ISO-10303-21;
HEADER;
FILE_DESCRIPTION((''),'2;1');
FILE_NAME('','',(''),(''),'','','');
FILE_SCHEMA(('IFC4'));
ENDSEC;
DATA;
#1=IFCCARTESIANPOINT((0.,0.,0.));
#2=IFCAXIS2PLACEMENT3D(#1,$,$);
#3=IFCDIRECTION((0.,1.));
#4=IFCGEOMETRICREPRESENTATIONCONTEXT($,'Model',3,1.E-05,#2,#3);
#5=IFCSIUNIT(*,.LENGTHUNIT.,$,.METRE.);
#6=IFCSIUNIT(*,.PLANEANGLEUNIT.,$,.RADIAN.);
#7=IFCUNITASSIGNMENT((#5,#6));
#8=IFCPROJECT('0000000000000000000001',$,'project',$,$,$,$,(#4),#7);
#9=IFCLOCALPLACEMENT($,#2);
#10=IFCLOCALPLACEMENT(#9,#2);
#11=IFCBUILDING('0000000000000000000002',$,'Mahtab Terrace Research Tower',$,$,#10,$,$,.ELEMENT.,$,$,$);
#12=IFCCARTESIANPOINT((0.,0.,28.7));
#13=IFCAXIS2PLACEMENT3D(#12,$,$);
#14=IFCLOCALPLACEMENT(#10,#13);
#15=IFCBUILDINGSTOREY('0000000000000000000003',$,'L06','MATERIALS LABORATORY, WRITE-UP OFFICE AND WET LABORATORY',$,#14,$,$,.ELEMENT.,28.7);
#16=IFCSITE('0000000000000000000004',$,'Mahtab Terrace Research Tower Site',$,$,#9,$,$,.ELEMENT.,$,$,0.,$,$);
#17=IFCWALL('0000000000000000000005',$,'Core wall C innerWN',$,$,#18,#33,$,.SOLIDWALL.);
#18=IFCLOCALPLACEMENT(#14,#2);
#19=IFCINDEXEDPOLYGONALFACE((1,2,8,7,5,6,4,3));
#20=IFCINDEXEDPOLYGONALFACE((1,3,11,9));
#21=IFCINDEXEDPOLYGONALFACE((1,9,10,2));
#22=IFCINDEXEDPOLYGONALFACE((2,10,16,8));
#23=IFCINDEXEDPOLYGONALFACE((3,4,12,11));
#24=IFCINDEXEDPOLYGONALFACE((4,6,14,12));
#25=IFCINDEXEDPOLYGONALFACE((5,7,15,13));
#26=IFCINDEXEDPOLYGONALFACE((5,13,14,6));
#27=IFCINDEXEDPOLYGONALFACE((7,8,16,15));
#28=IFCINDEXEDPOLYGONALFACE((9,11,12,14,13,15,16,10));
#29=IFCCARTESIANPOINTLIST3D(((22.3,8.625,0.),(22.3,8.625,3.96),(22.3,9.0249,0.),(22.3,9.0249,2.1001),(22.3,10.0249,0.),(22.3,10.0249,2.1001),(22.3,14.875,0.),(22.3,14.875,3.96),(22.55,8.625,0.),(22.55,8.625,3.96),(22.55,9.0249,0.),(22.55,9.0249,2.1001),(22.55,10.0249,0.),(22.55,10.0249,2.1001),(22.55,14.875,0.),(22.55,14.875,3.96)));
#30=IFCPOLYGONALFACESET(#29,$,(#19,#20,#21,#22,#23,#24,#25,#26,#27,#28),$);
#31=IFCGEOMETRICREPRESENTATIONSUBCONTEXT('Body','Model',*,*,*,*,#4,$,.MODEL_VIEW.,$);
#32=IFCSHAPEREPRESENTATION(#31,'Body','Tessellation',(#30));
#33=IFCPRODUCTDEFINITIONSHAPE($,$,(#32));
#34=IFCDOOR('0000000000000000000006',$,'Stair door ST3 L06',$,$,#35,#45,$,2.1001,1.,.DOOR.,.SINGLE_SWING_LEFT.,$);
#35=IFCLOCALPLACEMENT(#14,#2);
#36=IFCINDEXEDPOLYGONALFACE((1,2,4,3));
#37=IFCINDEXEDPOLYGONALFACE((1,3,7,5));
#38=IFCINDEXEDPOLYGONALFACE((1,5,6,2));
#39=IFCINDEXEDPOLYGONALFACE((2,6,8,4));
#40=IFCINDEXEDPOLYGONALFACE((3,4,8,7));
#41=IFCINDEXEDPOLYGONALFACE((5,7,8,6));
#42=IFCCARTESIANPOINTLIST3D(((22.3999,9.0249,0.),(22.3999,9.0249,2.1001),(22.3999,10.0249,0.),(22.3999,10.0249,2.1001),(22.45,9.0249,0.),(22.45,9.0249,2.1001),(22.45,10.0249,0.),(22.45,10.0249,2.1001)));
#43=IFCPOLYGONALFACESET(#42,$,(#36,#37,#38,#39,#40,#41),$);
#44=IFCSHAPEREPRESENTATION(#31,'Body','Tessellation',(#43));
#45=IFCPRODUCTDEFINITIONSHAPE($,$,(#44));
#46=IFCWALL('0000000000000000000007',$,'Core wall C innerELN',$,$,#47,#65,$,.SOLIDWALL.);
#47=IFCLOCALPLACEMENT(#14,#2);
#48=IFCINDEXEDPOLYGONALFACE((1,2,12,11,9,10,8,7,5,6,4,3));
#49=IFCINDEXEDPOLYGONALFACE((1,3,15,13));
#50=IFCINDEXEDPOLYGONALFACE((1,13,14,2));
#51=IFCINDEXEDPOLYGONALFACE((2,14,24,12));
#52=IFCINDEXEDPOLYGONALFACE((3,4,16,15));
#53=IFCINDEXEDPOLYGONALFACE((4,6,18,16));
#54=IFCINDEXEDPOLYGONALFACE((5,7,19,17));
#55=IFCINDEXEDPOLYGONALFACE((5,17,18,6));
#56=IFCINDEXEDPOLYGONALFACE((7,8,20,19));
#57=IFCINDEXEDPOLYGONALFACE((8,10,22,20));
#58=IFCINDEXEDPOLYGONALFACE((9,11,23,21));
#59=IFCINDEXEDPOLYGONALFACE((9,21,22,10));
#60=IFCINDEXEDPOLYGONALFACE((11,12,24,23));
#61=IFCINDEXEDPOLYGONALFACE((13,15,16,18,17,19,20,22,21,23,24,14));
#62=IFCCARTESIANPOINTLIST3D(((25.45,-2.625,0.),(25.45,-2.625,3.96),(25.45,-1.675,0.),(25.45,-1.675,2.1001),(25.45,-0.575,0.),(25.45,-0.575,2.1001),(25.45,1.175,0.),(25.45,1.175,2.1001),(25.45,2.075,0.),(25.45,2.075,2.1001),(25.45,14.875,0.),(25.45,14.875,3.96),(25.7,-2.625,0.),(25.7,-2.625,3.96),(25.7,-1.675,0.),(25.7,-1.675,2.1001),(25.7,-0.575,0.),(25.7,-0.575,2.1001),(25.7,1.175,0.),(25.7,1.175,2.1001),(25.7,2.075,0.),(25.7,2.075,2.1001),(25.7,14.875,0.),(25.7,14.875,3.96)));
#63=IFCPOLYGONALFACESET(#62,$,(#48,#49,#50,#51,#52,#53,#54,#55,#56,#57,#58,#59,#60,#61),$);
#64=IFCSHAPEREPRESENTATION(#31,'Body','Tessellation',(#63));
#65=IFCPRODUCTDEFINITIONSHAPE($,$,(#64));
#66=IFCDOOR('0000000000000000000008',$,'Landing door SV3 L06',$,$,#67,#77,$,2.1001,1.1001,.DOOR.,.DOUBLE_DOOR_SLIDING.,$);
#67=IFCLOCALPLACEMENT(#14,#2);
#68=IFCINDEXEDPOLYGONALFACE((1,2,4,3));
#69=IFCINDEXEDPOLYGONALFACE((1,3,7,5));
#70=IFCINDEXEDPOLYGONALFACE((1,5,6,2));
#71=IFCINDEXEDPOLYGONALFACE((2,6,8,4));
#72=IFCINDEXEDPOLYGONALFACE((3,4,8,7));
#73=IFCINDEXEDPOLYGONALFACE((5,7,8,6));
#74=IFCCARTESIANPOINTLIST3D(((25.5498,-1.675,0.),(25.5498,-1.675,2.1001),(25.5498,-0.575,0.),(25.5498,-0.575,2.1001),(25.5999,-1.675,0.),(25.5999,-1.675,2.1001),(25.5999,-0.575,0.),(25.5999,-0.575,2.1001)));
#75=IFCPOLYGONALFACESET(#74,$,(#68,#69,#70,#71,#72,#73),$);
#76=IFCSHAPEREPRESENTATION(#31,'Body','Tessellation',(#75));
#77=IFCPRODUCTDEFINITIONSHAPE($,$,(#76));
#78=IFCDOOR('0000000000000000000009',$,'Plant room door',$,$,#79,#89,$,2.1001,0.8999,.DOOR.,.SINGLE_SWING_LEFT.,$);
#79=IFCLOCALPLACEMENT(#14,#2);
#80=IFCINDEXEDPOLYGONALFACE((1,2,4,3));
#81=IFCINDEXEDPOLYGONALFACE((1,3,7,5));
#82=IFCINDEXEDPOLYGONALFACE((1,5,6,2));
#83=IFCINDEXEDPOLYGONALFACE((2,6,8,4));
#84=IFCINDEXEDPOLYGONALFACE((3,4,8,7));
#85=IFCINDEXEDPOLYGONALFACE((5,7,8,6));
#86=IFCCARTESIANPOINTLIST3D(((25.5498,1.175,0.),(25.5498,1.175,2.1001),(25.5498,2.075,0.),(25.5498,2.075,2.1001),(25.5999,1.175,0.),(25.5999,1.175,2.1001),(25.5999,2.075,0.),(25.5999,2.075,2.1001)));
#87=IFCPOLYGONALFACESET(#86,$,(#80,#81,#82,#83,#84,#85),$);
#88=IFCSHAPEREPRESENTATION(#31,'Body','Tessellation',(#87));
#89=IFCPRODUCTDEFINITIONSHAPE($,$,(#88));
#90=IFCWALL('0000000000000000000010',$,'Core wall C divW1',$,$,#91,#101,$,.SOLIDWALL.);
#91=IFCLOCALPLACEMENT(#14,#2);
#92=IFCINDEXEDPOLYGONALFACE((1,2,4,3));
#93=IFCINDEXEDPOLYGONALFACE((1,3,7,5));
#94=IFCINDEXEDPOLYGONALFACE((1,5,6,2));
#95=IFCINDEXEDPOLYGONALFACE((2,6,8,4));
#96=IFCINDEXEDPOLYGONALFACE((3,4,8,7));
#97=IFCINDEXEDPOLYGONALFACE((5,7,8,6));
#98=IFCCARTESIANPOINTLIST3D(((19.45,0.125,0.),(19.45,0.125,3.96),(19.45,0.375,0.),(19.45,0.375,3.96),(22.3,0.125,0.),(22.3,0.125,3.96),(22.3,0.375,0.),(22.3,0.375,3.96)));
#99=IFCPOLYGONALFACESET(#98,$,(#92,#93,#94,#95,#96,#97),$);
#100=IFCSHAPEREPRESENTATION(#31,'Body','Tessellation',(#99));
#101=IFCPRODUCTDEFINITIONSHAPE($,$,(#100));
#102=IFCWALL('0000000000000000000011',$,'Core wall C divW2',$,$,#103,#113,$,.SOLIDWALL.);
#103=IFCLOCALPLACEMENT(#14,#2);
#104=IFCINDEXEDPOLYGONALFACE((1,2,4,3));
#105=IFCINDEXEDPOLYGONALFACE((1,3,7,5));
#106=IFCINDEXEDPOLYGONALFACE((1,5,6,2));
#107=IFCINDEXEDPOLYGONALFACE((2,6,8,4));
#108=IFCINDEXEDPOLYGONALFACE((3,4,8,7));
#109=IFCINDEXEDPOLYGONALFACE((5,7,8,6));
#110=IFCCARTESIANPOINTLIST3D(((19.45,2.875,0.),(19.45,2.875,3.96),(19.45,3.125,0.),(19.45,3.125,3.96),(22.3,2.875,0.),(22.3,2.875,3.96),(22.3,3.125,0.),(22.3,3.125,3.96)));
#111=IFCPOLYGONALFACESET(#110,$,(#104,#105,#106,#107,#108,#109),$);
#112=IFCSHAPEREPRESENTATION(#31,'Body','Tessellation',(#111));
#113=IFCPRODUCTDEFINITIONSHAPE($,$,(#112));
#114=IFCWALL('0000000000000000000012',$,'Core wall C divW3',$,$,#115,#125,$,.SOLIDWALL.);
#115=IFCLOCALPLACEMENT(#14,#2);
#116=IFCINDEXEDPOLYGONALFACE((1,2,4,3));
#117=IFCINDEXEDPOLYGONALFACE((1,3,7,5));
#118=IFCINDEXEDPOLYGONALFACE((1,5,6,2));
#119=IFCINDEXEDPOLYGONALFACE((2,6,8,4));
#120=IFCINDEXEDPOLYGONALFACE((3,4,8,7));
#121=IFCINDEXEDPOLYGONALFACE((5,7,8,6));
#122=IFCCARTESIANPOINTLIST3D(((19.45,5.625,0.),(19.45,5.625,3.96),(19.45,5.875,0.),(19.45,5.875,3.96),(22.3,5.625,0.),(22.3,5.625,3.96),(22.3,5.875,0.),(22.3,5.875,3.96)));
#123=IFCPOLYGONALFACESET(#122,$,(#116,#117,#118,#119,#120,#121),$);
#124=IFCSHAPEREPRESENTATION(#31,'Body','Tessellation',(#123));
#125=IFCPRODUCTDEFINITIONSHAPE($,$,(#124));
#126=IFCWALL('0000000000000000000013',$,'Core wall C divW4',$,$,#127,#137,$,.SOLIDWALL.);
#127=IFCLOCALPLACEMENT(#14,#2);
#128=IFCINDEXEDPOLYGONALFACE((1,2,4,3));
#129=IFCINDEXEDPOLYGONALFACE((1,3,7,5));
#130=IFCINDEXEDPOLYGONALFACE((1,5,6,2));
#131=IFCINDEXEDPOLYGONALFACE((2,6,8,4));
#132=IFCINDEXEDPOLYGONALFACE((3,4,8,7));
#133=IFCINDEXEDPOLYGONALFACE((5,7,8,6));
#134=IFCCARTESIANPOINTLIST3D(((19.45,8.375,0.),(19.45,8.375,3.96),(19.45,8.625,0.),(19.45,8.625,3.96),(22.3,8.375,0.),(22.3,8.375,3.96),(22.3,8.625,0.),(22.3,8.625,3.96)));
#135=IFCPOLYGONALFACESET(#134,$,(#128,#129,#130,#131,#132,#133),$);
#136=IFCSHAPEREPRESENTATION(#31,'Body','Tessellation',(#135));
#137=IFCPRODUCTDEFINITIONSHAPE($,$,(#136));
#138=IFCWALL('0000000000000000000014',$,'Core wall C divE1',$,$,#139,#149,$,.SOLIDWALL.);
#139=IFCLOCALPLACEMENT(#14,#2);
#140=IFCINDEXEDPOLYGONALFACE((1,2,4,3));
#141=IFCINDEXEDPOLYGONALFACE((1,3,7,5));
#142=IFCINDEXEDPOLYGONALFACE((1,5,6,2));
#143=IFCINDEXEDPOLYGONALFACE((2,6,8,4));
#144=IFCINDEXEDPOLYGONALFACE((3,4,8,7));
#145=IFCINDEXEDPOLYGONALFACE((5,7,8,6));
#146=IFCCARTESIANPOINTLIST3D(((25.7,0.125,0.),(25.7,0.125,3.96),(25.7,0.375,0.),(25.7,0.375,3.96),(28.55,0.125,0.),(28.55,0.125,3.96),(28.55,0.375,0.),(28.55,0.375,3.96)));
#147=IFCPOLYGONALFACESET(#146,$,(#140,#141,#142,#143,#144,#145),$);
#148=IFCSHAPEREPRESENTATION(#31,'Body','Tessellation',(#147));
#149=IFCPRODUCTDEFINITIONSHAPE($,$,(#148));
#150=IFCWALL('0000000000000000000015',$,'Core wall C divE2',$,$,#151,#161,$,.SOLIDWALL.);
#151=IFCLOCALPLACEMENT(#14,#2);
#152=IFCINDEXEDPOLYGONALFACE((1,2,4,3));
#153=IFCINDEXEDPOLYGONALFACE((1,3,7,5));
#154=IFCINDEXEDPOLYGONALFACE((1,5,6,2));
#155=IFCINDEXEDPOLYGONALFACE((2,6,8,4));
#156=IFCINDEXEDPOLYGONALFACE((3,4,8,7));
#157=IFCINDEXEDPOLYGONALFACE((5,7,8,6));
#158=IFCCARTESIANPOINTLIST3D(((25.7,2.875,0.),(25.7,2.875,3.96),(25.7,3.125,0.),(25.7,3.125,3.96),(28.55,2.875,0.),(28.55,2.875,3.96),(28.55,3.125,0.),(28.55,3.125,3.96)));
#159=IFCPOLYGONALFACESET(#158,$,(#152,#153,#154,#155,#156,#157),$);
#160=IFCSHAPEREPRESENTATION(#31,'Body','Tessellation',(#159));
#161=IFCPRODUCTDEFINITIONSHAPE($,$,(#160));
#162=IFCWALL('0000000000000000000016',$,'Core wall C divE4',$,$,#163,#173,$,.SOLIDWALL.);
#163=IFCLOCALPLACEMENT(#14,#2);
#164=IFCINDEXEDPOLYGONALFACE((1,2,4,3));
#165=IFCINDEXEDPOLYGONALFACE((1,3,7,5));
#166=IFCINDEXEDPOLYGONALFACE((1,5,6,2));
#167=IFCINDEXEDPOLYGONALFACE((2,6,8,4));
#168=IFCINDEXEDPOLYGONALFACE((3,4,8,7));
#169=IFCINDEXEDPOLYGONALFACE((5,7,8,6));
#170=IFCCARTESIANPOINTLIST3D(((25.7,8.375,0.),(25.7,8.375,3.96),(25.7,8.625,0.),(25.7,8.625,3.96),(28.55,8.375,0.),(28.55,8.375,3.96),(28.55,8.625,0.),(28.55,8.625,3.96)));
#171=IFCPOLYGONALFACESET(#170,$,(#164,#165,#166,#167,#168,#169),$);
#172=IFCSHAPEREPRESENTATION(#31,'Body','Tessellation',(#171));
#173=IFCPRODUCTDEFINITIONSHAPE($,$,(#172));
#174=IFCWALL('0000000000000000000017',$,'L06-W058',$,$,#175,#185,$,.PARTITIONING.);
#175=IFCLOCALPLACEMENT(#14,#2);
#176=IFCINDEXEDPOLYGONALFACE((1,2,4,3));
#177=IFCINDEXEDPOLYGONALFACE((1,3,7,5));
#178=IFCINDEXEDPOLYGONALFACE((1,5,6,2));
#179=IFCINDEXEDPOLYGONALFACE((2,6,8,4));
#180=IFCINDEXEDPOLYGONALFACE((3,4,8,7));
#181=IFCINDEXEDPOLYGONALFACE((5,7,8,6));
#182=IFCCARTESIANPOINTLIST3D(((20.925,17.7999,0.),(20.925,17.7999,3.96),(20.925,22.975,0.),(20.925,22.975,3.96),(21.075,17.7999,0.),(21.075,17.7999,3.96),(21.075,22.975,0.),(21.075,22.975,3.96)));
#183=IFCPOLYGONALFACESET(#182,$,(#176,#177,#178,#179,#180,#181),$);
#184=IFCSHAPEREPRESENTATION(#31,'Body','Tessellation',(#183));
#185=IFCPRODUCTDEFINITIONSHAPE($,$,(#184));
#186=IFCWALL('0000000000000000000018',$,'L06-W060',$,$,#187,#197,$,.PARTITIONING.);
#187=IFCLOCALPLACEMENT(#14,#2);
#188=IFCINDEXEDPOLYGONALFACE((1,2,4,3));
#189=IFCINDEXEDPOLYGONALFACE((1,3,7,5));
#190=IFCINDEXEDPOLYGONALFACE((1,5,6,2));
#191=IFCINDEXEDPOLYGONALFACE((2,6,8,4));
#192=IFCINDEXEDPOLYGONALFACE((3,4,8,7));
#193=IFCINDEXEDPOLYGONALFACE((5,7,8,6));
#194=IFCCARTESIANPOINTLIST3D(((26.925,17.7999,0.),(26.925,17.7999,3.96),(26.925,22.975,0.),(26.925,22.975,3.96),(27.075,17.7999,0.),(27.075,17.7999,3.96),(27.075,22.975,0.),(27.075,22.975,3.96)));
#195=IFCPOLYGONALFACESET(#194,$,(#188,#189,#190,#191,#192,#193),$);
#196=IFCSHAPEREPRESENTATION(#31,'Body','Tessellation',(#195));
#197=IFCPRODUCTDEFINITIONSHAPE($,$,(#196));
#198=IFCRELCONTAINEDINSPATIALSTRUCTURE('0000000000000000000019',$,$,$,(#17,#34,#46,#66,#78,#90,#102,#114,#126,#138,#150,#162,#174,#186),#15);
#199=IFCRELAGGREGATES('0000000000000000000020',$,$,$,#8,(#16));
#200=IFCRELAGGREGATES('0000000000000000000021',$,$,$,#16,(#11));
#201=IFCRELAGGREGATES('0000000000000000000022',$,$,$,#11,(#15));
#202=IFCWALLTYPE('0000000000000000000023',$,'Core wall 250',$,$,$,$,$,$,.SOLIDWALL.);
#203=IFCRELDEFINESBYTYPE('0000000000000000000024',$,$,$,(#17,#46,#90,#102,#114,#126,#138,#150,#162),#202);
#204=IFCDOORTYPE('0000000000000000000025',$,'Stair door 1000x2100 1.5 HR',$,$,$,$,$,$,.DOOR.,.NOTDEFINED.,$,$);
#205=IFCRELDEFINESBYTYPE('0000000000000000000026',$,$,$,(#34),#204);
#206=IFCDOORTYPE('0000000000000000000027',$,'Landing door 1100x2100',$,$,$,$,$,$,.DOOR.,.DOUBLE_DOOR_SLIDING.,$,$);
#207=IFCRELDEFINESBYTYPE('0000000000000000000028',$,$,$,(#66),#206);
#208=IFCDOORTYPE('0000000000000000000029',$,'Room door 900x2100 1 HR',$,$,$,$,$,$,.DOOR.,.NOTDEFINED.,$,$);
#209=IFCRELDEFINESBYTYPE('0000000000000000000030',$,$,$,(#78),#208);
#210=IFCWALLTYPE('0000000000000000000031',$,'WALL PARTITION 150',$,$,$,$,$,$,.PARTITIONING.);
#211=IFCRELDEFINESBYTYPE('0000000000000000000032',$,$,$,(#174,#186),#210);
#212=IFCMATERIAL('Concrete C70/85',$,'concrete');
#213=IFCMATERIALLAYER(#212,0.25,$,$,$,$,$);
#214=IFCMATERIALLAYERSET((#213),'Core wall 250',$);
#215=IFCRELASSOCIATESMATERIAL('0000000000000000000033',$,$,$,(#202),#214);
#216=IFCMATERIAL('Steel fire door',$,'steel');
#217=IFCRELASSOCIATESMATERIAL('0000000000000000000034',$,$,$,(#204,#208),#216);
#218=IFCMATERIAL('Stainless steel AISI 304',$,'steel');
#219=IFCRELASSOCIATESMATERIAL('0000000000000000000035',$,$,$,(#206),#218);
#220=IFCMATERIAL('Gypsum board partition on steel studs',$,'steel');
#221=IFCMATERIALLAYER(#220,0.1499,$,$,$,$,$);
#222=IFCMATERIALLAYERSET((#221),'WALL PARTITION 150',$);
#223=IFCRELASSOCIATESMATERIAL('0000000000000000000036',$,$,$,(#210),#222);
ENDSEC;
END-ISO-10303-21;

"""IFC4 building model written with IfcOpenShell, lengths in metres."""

from ifc_helpers import new_model, si_unit, direction, frame, frame_2d, origin, place, context, subcontext, project, spatial, rectangle, extrude, material, layer, layer_set, type_object, element, fill, save


model = new_model("IFC4")

# Units and contexts
model_context = context("Model", 3, precision=1e-05, world=origin(), true_north=direction((0.0, 1.0)))
body_context = subcontext(model_context, "Body", "Model", "MODEL_VIEW")
ifc_project = project(units=[si_unit("LENGTHUNIT", "METRE"), si_unit("PLANEANGLEUNIT", "RADIAN")], contexts=[model_context])

# Site, building, storey
site_placement = place(None, origin())
site = spatial("IfcSite", under=ifc_project, at=site_placement, Name="Mahtab Terrace Research Tower Site", CompositionType="ELEMENT", RefElevation=0.0)
building_placement = place(site_placement, origin())
building = spatial("IfcBuilding", under=site, at=building_placement, Name="Mahtab Terrace Research Tower", CompositionType="ELEMENT")
storey_placement = place(building_placement, frame((0.0, 0.0, 28.7)))
storey = spatial("IfcBuildingStorey", under=building, at=storey_placement, Name="L06", Description="MATERIALS LABORATORY, WRITE-UP OFFICE AND WET LABORATORY", CompositionType="ELEMENT", Elevation=28.7)

# Shared definitions
ifc_material_1 = material(Name="Concrete C70/85", Category="concrete")
ifc_layer_1 = layer(ifc_material_1, 0.25)
ifc_layer_set_1 = layer_set([ifc_layer_1], Name="Core wall 250")
wall_type_1 = type_object("IfcWallType", Name="Core wall 250", PredefinedType="SOLIDWALL", material=ifc_layer_set_1)

# Wall, opening, door
ifc_material_2 = material(Name="Steel fire door", Category="steel")
wall_1_placement = place(storey_placement, frame((22.425, 14.875, 0.0), z_axis=(0.0, 0.0, 1.0), x_axis=(0.0, -1.0, 0.0)))
wall_1 = element("IfcWall", 1, at=wall_1_placement, inside=storey, type_object=wall_type_1, Name="Core wall C innerWN", PredefinedType="SOLIDWALL", context=body_context, shape_type="SweptSolid", body=[
    extrude(rectangle(XDim=6.25, YDim=0.25, at=frame_2d((3.125, 0.0))), origin(), (0.0, 0.0, 1.0), 3.96),
])
opening_1_placement = place(wall_1_placement, frame((4.8501, 0.0, 0.0)))
opening_1 = element("IfcOpeningElement", 2, at=opening_1_placement, cuts=wall_1, PredefinedType="OPENING", context=body_context, shape_type="SweptSolid", body=[
    extrude(rectangle(XDim=1.0, YDim=2.1001, at=frame_2d((0.5, 1.05))), frame((0.0, 0.135, 0.0), z_axis=(0.0, -1.0, 0.0), x_axis=(1.0, 0.0, 0.0)), (0.0, 0.0, 1.0), 0.27),
])
door_type_1 = type_object("IfcDoorType", Name="Stair door 1000x2100 1.5 HR", OperationType="NOTDEFINED", PredefinedType="DOOR", material=ifc_material_2)
door_1_placement = place(opening_1_placement, origin())
door_1 = element("IfcDoor", 3, at=door_1_placement, inside=storey, type_object=door_type_1, Name="Stair door ST3 L06", OperationType="SINGLE_SWING_LEFT", OverallHeight=2.1001, OverallWidth=1.0, PredefinedType="DOOR", context=body_context, shape_type="SweptSolid", body=[
    extrude(rectangle(XDim=1.0, YDim=2.1001, at=frame_2d((0.5, 1.05))), frame((0.0, 0.0249, 0.0), z_axis=(0.0, -1.0, 0.0), x_axis=(1.0, 0.0, 0.0)), (0.0, 0.0, 1.0), 0.05),
])
fill(opening_1, door_1)

# Wall, openings, doors
wall_2_placement = place(storey_placement, frame((25.575, 14.875, 0.0), z_axis=(0.0, 0.0, 1.0), x_axis=(0.0, -1.0, 0.0)))
wall_2 = element("IfcWall", 4, at=wall_2_placement, inside=storey, type_object=wall_type_1, Name="Core wall C innerELN", PredefinedType="SOLIDWALL", context=body_context, shape_type="SweptSolid", body=[
    extrude(rectangle(XDim=17.5, YDim=0.25, at=frame_2d((8.75, 0.0))), origin(), (0.0, 0.0, 1.0), 3.96),
])
opening_2_placement = place(wall_2_placement, frame((15.45, 0.0, 0.0)))
opening_2 = element("IfcOpeningElement", 5, at=opening_2_placement, cuts=wall_2, PredefinedType="OPENING", context=body_context, shape_type="SweptSolid", body=[
    extrude(rectangle(XDim=1.1001, YDim=2.1001, at=frame_2d((0.55, 1.05))), frame((0.0, 0.135, 0.0), z_axis=(0.0, -1.0, 0.0), x_axis=(1.0, 0.0, 0.0)), (0.0, 0.0, 1.0), 0.27),
])
opening_3_placement = place(wall_2_placement, frame((12.8, 0.0, 0.0)))
opening_3 = element("IfcOpeningElement", 6, at=opening_3_placement, cuts=wall_2, PredefinedType="OPENING", context=body_context, shape_type="SweptSolid", body=[
    extrude(rectangle(XDim=0.8999, YDim=2.1001, at=frame_2d((0.45, 1.05))), frame((0.0, 0.135, 0.0), z_axis=(0.0, -1.0, 0.0), x_axis=(1.0, 0.0, 0.0)), (0.0, 0.0, 1.0), 0.27),
])
ifc_material_3 = material(Name="Stainless steel AISI 304", Category="steel")
door_type_2 = type_object("IfcDoorType", Name="Landing door 1100x2100", OperationType="DOUBLE_DOOR_SLIDING", PredefinedType="DOOR", material=ifc_material_3)
door_2_placement = place(opening_2_placement, origin())
door_2 = element("IfcDoor", 7, at=door_2_placement, inside=storey, type_object=door_type_2, Name="Landing door SV3 L06", OperationType="DOUBLE_DOOR_SLIDING", OverallHeight=2.1001, OverallWidth=1.1001, PredefinedType="DOOR", context=body_context, shape_type="SweptSolid", body=[
    extrude(rectangle(XDim=1.1001, YDim=2.1001, at=frame_2d((0.55, 1.05))), frame((0.0, 0.0249, 0.0), z_axis=(0.0, -1.0, 0.0), x_axis=(1.0, 0.0, 0.0)), (0.0, 0.0, 1.0), 0.05),
])
fill(opening_2, door_2)
door_type_3 = type_object("IfcDoorType", Name="Room door 900x2100 1 HR", OperationType="NOTDEFINED", PredefinedType="DOOR", material=ifc_material_2)
door_3_placement = place(opening_3_placement, origin())
door_3 = element("IfcDoor", 8, at=door_3_placement, inside=storey, type_object=door_type_3, Name="Plant room door", OperationType="SINGLE_SWING_LEFT", OverallHeight=2.1001, OverallWidth=0.8999, PredefinedType="DOOR", context=body_context, shape_type="SweptSolid", body=[
    extrude(rectangle(XDim=0.8999, YDim=2.1001, at=frame_2d((0.45, 1.05))), frame((0.0, 0.0249, 0.0), z_axis=(0.0, -1.0, 0.0), x_axis=(1.0, 0.0, 0.0)), (0.0, 0.0, 1.0), 0.05),
])
fill(opening_3, door_3)

# Walls
for number, where, z_axis, x_axis, name in (
    (9, (19.45, 0.25, 0.0), (0.0, 0.0, 1.0), (1.0, 0.0, 0.0), "Core wall C divW1"),
    (10, (19.45, 3.0, 0.0), (0.0, 0.0, 1.0), (1.0, 0.0, 0.0), "Core wall C divW2"),
    (11, (19.45, 5.75, 0.0), (0.0, 0.0, 1.0), (1.0, 0.0, 0.0), "Core wall C divW3"),
    (12, (19.45, 8.5, 0.0), (0.0, 0.0, 1.0), (1.0, 0.0, 0.0), "Core wall C divW4"),
    (13, (25.7, 0.25, 0.0), (0.0, 0.0, 1.0), (1.0, 0.0, 0.0), "Core wall C divE1"),
    (14, (25.7, 3.0, 0.0), (0.0, 0.0, 1.0), (1.0, 0.0, 0.0), "Core wall C divE2"),
    (15, (25.7, 8.5, 0.0), (0.0, 0.0, 1.0), (1.0, 0.0, 0.0), "Core wall C divE4"),
):
    element("IfcWall", number, at=place(storey_placement, frame(where, z_axis=z_axis, x_axis=x_axis)), inside=storey, type_object=wall_type_1, Name=name, PredefinedType="SOLIDWALL", context=body_context, shape_type="SweptSolid", body=[
        extrude(rectangle(XDim=2.8501, YDim=0.25, at=frame_2d((1.425, 0.0))), origin(), (0.0, 0.0, 1.0), 3.96),
    ])
ifc_material_4 = material(Name="Gypsum board partition on steel studs", Category="steel")
ifc_layer_2 = layer(ifc_material_4, 0.1499)
ifc_layer_set_2 = layer_set([ifc_layer_2], Name="WALL PARTITION 150")
wall_type_2 = type_object("IfcWallType", Name="WALL PARTITION 150", PredefinedType="PARTITIONING", material=ifc_layer_set_2)
for number, where, z_axis, x_axis, name in (
    (16, (21.0, 17.8, 0.0), (0.0, 0.0, 1.0), (0.0, 1.0, 0.0), "L06-W058"),
    (17, (27.0, 17.8, 0.0), (0.0, 0.0, 1.0), (0.0, 1.0, 0.0), "L06-W060"),
):
    element("IfcWall", number, at=place(storey_placement, frame(where, z_axis=z_axis, x_axis=x_axis)), inside=storey, type_object=wall_type_2, Name=name, PredefinedType="PARTITIONING", context=body_context, shape_type="SweptSolid", body=[
        extrude(rectangle(XDim=5.175, YDim=0.1499, at=frame_2d((2.5874, 0.0))), origin(), (0.0, 0.0, 1.0), 3.96),
    ])

save(model, "model.ifc")
